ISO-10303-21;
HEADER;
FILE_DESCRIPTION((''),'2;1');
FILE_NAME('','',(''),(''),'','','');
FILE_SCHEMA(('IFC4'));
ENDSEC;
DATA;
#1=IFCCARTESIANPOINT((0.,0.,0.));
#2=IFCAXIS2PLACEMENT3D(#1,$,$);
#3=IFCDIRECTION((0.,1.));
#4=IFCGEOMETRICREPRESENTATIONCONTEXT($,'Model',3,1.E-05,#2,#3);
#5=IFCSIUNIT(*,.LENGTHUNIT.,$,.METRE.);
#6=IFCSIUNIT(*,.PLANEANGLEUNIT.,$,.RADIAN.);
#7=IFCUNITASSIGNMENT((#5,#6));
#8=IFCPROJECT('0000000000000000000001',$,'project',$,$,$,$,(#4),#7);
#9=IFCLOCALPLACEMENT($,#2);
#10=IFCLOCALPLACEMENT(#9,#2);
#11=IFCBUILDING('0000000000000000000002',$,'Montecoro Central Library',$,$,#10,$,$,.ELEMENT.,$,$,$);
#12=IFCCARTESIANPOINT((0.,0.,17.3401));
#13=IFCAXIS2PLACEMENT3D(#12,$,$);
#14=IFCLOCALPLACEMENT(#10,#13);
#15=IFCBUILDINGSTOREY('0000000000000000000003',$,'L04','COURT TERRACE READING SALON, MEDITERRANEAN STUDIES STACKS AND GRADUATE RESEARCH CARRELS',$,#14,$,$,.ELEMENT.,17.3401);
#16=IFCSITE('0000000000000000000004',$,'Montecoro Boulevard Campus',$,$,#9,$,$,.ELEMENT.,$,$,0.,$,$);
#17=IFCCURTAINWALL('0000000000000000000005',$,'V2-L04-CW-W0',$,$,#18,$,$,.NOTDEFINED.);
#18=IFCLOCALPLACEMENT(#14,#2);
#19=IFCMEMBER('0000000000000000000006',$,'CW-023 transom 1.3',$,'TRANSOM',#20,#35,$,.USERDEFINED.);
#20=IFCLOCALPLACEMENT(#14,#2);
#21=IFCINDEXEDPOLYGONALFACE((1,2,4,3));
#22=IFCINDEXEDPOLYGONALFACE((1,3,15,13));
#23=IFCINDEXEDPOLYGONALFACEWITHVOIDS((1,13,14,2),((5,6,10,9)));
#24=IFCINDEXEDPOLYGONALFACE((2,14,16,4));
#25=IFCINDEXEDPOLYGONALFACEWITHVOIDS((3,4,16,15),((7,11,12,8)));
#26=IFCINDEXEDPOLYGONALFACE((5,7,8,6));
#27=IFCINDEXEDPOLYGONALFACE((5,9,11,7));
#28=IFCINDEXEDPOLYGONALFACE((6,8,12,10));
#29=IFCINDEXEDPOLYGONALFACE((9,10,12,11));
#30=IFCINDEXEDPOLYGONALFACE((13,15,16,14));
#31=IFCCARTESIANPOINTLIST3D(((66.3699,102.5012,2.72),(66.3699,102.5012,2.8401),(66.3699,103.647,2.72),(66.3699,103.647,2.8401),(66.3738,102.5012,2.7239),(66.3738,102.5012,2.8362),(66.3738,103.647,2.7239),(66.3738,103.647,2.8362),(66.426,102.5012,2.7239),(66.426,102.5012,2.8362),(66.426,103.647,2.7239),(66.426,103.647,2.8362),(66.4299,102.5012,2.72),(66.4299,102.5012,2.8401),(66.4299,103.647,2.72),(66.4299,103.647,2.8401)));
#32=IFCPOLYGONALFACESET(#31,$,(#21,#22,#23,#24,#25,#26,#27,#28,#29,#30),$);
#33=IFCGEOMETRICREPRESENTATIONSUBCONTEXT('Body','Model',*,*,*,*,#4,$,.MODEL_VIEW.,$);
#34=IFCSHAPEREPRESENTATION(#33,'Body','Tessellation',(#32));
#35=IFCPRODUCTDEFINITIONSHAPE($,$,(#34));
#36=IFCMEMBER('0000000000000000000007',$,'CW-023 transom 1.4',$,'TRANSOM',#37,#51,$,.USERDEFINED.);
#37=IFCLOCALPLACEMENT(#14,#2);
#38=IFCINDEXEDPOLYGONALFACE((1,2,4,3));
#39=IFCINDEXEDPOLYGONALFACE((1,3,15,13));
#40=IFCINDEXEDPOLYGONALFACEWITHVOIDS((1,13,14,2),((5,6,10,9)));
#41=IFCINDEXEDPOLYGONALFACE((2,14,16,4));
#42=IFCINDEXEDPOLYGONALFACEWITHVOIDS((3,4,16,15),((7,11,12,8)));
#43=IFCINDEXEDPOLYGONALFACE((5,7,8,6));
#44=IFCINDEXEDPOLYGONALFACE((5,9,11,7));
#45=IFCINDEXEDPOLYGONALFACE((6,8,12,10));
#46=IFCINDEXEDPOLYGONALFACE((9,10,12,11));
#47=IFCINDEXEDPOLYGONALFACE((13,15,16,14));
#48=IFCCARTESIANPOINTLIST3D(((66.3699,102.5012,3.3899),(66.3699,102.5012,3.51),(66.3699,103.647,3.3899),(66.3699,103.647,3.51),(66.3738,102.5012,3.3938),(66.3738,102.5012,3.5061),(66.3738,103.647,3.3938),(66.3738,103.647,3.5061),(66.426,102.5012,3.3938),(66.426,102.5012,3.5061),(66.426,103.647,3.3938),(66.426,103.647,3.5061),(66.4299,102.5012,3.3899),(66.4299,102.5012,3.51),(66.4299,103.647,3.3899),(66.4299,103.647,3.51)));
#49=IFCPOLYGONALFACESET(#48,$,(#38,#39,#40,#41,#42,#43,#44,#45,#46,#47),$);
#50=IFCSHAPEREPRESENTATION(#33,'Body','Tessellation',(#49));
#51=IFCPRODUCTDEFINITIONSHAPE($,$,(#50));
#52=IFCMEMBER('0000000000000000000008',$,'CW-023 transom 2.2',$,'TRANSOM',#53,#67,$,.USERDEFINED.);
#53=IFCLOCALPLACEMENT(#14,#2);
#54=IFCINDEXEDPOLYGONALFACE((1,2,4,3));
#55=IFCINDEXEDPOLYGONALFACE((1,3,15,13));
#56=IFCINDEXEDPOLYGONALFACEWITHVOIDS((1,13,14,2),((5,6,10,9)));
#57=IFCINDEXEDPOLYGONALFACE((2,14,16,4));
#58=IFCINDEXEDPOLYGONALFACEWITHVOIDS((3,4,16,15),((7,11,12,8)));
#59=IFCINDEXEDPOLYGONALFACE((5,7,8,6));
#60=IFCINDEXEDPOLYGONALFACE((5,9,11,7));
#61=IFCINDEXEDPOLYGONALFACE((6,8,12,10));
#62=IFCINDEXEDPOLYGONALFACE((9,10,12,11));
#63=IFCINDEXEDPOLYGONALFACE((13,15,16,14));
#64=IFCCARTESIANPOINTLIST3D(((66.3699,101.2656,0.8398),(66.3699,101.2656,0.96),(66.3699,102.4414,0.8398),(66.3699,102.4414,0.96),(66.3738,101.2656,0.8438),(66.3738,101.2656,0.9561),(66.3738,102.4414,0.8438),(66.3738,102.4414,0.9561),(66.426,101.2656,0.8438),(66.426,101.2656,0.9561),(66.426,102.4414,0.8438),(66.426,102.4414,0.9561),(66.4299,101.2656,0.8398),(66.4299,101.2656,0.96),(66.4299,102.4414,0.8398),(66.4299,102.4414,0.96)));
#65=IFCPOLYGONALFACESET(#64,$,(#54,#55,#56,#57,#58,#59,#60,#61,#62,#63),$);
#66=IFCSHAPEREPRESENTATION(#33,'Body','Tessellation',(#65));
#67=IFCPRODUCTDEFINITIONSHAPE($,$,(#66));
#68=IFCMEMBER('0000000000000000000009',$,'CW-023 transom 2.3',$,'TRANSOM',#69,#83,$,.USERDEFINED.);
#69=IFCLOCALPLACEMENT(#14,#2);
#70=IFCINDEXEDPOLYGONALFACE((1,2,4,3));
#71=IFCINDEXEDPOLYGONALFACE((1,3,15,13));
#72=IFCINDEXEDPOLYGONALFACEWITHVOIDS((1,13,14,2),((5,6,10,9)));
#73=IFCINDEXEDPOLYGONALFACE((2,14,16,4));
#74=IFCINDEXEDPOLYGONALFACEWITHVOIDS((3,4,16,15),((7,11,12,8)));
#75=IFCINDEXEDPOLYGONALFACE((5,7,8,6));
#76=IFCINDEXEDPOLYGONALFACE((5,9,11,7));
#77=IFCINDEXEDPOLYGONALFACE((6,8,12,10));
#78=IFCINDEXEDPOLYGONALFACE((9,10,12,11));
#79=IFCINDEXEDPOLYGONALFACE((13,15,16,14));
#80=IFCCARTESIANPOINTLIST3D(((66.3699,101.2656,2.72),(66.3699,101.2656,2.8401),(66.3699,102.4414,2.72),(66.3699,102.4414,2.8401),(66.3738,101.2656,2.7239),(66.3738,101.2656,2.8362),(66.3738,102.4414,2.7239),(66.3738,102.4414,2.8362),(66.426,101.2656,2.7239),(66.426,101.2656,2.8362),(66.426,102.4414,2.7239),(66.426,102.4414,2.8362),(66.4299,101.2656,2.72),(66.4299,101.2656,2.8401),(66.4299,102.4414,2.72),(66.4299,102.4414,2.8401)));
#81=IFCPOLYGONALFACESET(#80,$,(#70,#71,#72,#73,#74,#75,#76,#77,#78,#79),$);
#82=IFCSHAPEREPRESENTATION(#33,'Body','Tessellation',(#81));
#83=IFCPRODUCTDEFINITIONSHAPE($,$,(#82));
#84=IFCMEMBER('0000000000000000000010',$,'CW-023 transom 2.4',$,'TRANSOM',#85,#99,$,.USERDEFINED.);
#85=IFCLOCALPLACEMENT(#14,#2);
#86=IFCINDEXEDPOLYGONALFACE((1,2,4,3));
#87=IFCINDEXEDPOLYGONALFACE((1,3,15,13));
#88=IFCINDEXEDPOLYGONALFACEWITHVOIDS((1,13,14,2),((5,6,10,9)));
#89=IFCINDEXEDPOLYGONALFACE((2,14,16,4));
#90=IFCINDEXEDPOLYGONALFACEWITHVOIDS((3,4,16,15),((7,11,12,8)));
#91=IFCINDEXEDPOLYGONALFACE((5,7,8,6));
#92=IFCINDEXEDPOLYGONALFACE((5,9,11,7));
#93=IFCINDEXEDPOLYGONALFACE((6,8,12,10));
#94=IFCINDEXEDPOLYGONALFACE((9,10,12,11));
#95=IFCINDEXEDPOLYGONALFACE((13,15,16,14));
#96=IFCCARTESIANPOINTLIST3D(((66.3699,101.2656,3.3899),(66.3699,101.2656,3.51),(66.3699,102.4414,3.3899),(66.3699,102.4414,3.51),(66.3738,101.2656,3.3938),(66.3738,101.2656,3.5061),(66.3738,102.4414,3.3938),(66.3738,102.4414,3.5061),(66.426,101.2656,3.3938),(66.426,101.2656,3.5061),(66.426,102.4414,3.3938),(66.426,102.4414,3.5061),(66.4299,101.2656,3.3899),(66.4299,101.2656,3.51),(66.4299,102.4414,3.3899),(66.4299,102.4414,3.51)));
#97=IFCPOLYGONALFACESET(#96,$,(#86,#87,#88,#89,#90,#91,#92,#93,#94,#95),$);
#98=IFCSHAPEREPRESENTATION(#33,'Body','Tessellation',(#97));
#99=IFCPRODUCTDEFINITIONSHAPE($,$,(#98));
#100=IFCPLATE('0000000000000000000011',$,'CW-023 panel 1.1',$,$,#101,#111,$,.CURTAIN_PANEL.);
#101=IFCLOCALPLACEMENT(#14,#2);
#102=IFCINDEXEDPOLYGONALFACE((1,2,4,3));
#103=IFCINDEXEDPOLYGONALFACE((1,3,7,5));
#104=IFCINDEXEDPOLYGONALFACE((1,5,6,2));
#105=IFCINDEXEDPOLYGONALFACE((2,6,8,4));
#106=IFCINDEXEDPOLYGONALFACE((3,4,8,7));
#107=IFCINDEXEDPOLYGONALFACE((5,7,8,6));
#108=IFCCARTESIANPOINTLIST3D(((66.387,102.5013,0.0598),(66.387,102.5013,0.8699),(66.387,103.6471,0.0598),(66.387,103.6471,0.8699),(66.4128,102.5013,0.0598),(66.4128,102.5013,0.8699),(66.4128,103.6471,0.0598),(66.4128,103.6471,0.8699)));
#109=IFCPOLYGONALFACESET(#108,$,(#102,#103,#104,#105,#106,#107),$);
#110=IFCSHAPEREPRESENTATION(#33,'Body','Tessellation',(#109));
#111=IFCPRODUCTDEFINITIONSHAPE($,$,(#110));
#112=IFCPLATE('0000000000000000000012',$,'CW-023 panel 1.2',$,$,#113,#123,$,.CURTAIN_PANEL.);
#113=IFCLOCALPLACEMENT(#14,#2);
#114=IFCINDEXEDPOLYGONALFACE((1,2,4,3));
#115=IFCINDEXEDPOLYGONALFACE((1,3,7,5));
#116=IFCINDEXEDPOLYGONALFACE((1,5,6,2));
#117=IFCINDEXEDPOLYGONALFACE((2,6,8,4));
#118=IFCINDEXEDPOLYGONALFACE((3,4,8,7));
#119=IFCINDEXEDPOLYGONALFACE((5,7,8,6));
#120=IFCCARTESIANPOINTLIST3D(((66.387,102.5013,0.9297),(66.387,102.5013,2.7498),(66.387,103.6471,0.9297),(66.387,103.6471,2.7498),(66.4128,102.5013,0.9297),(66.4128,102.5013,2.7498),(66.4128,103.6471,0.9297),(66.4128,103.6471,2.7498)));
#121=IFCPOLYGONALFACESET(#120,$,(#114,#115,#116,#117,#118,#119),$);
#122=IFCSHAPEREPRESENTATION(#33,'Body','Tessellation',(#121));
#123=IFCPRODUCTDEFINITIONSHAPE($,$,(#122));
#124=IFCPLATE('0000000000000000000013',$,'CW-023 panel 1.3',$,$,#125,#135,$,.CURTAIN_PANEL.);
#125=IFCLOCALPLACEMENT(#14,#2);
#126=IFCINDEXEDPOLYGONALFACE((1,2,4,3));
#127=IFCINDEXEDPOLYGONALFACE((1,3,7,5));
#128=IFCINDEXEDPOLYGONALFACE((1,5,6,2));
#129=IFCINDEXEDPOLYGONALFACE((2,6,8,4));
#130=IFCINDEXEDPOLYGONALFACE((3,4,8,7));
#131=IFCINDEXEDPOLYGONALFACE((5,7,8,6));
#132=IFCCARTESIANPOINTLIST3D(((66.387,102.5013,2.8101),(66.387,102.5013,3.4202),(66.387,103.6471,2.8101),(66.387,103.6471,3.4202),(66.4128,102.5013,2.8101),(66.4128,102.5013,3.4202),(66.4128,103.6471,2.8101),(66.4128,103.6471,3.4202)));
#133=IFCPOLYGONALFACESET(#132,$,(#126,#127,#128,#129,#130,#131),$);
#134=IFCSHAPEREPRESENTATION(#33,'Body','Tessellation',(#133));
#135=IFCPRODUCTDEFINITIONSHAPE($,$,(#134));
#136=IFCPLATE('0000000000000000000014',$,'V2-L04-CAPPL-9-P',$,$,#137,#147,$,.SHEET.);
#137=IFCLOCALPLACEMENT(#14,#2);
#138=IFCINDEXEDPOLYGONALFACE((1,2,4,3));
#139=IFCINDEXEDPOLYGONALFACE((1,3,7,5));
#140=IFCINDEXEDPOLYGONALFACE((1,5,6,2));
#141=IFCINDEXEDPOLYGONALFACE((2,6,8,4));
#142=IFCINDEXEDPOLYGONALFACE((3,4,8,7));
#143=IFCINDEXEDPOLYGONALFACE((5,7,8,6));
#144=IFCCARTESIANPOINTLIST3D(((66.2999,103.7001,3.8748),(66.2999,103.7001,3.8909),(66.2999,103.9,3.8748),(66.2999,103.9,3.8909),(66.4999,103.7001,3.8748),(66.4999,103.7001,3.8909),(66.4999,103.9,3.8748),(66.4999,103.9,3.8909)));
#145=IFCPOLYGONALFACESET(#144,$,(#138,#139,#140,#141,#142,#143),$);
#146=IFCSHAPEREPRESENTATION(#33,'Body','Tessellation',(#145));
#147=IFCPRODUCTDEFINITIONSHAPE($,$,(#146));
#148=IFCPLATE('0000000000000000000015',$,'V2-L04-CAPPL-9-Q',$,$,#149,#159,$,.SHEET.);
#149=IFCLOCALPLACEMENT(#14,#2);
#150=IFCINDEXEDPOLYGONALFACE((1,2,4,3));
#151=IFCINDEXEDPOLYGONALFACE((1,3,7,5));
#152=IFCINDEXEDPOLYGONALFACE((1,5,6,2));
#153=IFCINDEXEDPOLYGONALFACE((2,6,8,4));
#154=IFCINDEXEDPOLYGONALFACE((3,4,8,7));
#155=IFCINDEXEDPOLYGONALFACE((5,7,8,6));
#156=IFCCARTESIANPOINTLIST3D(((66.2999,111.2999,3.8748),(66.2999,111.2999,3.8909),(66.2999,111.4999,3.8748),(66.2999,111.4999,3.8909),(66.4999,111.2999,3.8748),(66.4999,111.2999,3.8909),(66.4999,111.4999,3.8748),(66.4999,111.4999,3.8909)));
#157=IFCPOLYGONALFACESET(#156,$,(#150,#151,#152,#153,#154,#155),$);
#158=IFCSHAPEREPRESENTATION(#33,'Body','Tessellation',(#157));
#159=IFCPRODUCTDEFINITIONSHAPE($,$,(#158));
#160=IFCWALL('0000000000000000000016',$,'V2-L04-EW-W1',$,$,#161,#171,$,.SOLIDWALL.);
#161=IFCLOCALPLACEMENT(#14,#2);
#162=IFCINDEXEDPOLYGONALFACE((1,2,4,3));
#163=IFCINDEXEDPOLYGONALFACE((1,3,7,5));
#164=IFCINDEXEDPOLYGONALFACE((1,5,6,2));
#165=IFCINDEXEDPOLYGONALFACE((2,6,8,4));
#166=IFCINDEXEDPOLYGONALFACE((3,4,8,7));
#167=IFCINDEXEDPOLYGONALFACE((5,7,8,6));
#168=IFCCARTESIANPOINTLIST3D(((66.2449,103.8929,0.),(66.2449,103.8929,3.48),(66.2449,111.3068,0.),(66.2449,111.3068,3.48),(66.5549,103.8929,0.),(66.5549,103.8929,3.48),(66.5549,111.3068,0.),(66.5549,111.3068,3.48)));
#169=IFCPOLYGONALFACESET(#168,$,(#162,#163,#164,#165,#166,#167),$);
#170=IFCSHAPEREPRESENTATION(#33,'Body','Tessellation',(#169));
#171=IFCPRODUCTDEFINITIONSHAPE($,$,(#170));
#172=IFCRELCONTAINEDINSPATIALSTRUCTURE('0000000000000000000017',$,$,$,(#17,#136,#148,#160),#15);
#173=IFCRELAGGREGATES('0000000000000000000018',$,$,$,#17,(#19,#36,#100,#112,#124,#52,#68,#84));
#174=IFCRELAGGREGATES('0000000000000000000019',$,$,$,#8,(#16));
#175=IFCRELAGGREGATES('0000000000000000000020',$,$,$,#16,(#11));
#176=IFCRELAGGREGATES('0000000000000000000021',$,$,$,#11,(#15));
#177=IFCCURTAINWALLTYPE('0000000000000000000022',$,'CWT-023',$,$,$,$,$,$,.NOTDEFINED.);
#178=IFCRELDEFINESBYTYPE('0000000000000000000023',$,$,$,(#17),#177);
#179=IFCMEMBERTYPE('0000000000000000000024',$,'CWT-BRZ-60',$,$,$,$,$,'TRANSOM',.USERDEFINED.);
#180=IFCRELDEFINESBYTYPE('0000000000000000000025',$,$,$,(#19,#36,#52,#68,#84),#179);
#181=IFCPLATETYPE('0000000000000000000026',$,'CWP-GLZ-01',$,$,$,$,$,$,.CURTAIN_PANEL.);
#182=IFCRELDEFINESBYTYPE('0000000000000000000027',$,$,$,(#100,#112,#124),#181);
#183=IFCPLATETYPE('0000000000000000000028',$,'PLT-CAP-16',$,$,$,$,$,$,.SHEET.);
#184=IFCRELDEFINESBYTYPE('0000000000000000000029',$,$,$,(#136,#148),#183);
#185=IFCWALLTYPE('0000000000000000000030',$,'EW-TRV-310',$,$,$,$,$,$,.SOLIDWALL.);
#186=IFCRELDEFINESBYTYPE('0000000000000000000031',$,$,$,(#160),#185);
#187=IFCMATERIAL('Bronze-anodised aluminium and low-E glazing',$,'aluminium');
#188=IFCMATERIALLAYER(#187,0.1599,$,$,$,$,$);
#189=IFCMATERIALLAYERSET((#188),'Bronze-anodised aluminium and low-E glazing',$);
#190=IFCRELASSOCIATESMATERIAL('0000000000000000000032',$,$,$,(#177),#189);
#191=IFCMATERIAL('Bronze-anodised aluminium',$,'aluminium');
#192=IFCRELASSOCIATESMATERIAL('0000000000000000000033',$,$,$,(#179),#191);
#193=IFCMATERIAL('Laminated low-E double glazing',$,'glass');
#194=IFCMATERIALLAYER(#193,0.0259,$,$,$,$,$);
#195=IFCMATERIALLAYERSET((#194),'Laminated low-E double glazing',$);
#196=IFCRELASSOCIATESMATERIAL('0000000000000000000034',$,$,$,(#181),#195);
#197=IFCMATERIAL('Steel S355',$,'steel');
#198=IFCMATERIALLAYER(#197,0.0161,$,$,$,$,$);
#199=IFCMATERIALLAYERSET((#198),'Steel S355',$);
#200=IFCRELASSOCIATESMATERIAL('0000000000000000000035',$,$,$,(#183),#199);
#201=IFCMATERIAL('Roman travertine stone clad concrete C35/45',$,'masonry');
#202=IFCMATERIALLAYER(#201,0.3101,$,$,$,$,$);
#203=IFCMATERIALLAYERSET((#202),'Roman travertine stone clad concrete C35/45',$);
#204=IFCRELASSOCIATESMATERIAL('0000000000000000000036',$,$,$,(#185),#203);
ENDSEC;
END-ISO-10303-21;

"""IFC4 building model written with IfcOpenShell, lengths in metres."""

from ifc_helpers import new_model, si_unit, direction, frame, frame_2d, origin, origin_2d, place, context, subcontext, project, spatial, rectangle, hollow_rectangle, extrude, material, layer, layer_set, material_profile, profile_set, type_object, element, aggregate, save


model = new_model("IFC4")

# Units and contexts
model_context = context("Model", 3, precision=1e-05, world=origin(), true_north=direction((0.0, 1.0)))
body_context = subcontext(model_context, "Body", "Model", "MODEL_VIEW")
ifc_project = project(units=[si_unit("LENGTHUNIT", "METRE"), si_unit("PLANEANGLEUNIT", "RADIAN")], contexts=[model_context])

# Site, building, storey
site_placement = place(None, origin())
site = spatial("IfcSite", under=ifc_project, at=site_placement, Name="Montecoro Boulevard Campus", CompositionType="ELEMENT", RefElevation=0.0)
building_placement = place(site_placement, origin())
building = spatial("IfcBuilding", under=site, at=building_placement, Name="Montecoro Central Library", CompositionType="ELEMENT")
storey_placement = place(building_placement, frame((0.0, 0.0, 17.3401)))
storey = spatial("IfcBuildingStorey", under=building, at=storey_placement, Name="L04", Description="COURT TERRACE READING SALON, MEDITERRANEAN STUDIES STACKS AND GRADUATE RESEARCH CARRELS", CompositionType="ELEMENT", Elevation=17.3401)

# Shared definitions
ifc_material_1 = material(Name="Steel S355", Category="steel")

# Curtain wall, members, plates
ifc_material_2 = material(Name="Bronze-anodised aluminium and low-E glazing", Category="aluminium")
ifc_layer_1 = layer(ifc_material_2, 0.1599)
ifc_layer_set_1 = layer_set([ifc_layer_1], Name="Bronze-anodised aluminium and low-E glazing")
curtain_wall_type = type_object("IfcCurtainWallType", Name="CWT-023", PredefinedType="NOTDEFINED", material=ifc_layer_set_1)
curtain_wall_placement = place(storey_placement, origin())
curtain_wall = element("IfcCurtainWall", 1, at=curtain_wall_placement, inside=storey, type_object=curtain_wall_type, Name="V2-L04-CW-W0", PredefinedType="NOTDEFINED")
ifc_material_3 = material(Name="Bronze-anodised aluminium", Category="aluminium")
ifc_material_profile_1 = material_profile(ifc_material_3, hollow_rectangle(XDim=0.0601, YDim=0.1201, WallThickness=0.0039, at=origin_2d()), Name="CWT 120x60x4.0")
ifc_profile_set_1 = profile_set([ifc_material_profile_1], Name="Bronze-anodised aluminium")
member_type_1 = type_object("IfcMemberType", Name="CWT-BRZ-60", ElementType="TRANSOM", PredefinedType="USERDEFINED", material=ifc_profile_set_1)
member_1_placement = place(storey_placement, frame((66.3999, 103.647, 2.78), z_axis=(0.0, -1.0, 0.0), x_axis=(1.0, 0.0, 0.0)))
member_1 = element("IfcMember", 2, at=member_1_placement, type_object=member_type_1, Name="CW-023 transom 1.3", ObjectType="TRANSOM", PredefinedType="USERDEFINED", context=body_context, shape_type="SweptSolid", body=[
    extrude(hollow_rectangle(XDim=0.0601, YDim=0.1201, WallThickness=0.0039, at=origin_2d()), origin(), (0.0, 0.0, 1.0), 1.1458),
])
member_2_placement = place(storey_placement, frame((66.3999, 103.647, 3.45), z_axis=(0.0, -1.0, 0.0), x_axis=(1.0, 0.0, 0.0)))
member_2 = element("IfcMember", 3, at=member_2_placement, type_object=member_type_1, Name="CW-023 transom 1.4", ObjectType="TRANSOM", PredefinedType="USERDEFINED", context=body_context, shape_type="SweptSolid", body=[
    extrude(hollow_rectangle(XDim=0.0601, YDim=0.1201, WallThickness=0.0039, at=origin_2d()), origin(), (0.0, 0.0, 1.0), 1.1458),
])
member_3_placement = place(storey_placement, frame((66.3999, 102.4414, 0.8999), z_axis=(0.0, -1.0, 0.0), x_axis=(1.0, 0.0, 0.0)))
member_3 = element("IfcMember", 4, at=member_3_placement, type_object=member_type_1, Name="CW-023 transom 2.2", ObjectType="TRANSOM", PredefinedType="USERDEFINED", context=body_context, shape_type="SweptSolid", body=[
    extrude(hollow_rectangle(XDim=0.0601, YDim=0.1201, WallThickness=0.0039, at=origin_2d()), origin(), (0.0, 0.0, 1.0), 1.1758),
])
member_4_placement = place(storey_placement, frame((66.3999, 102.4414, 2.78), z_axis=(0.0, -1.0, 0.0), x_axis=(1.0, 0.0, 0.0)))
member_4 = element("IfcMember", 5, at=member_4_placement, type_object=member_type_1, Name="CW-023 transom 2.3", ObjectType="TRANSOM", PredefinedType="USERDEFINED", context=body_context, shape_type="SweptSolid", body=[
    extrude(hollow_rectangle(XDim=0.0601, YDim=0.1201, WallThickness=0.0039, at=origin_2d()), origin(), (0.0, 0.0, 1.0), 1.1758),
])
member_5_placement = place(storey_placement, frame((66.3999, 102.4414, 3.45), z_axis=(0.0, -1.0, 0.0), x_axis=(1.0, 0.0, 0.0)))
member_5 = element("IfcMember", 6, at=member_5_placement, type_object=member_type_1, Name="CW-023 transom 2.4", ObjectType="TRANSOM", PredefinedType="USERDEFINED", context=body_context, shape_type="SweptSolid", body=[
    extrude(hollow_rectangle(XDim=0.0601, YDim=0.1201, WallThickness=0.0039, at=origin_2d()), origin(), (0.0, 0.0, 1.0), 1.1758),
])
ifc_material_4 = material(Name="Laminated low-E double glazing", Category="glass")
ifc_layer_2 = layer(ifc_material_4, 0.0259)
ifc_layer_set_2 = layer_set([ifc_layer_2], Name="Laminated low-E double glazing")
plate_type_1 = type_object("IfcPlateType", Name="CWP-GLZ-01", PredefinedType="CURTAIN_PANEL", material=ifc_layer_set_2)
plate_1_placement = place(storey_placement, frame((66.3999, 103.0742, 0.0598), z_axis=(0.0, 0.0, 1.0), x_axis=(0.0, -1.0, 0.0)))
plate_1 = element("IfcPlate", 7, at=plate_1_placement, type_object=plate_type_1, Name="CW-023 panel 1.1", PredefinedType="CURTAIN_PANEL", context=body_context, shape_type="SweptSolid", body=[
    extrude(rectangle(XDim=1.1458, YDim=0.0259, at=origin_2d()), origin(), (0.0, 0.0, 1.0), 0.8101),
])
plate_2_placement = place(storey_placement, frame((66.3999, 103.0742, 0.9297), z_axis=(0.0, 0.0, 1.0), x_axis=(0.0, -1.0, 0.0)))
plate_2 = element("IfcPlate", 8, at=plate_2_placement, type_object=plate_type_1, Name="CW-023 panel 1.2", PredefinedType="CURTAIN_PANEL", context=body_context, shape_type="SweptSolid", body=[
    extrude(rectangle(XDim=1.1458, YDim=0.0259, at=origin_2d()), origin(), (0.0, 0.0, 1.0), 1.8201),
])
plate_3_placement = place(storey_placement, frame((66.3999, 103.0742, 2.8101), z_axis=(0.0, 0.0, 1.0), x_axis=(0.0, -1.0, 0.0)))
plate_3 = element("IfcPlate", 9, at=plate_3_placement, type_object=plate_type_1, Name="CW-023 panel 1.3", PredefinedType="CURTAIN_PANEL", context=body_context, shape_type="SweptSolid", body=[
    extrude(rectangle(XDim=1.1458, YDim=0.0259, at=origin_2d()), origin(), (0.0, 0.0, 1.0), 0.6101),
])
aggregate(curtain_wall, [member_1, member_2, plate_1, plate_2, plate_3, member_3, member_4, member_5])

# Plates
ifc_layer_3 = layer(ifc_material_1, 0.0161)
ifc_layer_set_3 = layer_set([ifc_layer_3], Name="Steel S355")
plate_type_2 = type_object("IfcPlateType", Name="PLT-CAP-16", PredefinedType="SHEET", material=ifc_layer_set_3)
for number, where, z_axis, x_axis, name in (
    (10, (66.3999, 103.8, 3.8748), (0.0, 0.0, 1.0), (1.0, 0.0, 0.0), "V2-L04-CAPPL-9-P"),
    (11, (66.3999, 111.3999, 3.8748), (0.0, 0.0, 1.0), (1.0, 0.0, 0.0), "V2-L04-CAPPL-9-Q"),
):
    element("IfcPlate", number, at=place(storey_placement, frame(where, z_axis=z_axis, x_axis=x_axis)), inside=storey, type_object=plate_type_2, Name=name, PredefinedType="SHEET", context=body_context, shape_type="SweptSolid", body=[
        extrude(rectangle(XDim=0.2, YDim=0.2, at=origin_2d()), origin(), (0.0, 0.0, 1.0), 0.0161),
    ])

# Wall
ifc_material_5 = material(Name="Roman travertine stone clad concrete C35/45", Category="masonry")
ifc_layer_4 = layer(ifc_material_5, 0.3101)
ifc_layer_set_4 = layer_set([ifc_layer_4], Name="Roman travertine stone clad concrete C35/45")
wall_type = type_object("IfcWallType", Name="EW-TRV-310", PredefinedType="SOLIDWALL", material=ifc_layer_set_4)
wall_placement = place(storey_placement, frame((66.3999, 111.3069, 0.0), z_axis=(0.0, 0.0, 1.0), x_axis=(0.0, -1.0, 0.0)))
element("IfcWall", 12, at=wall_placement, inside=storey, type_object=wall_type, Name="V2-L04-EW-W1", PredefinedType="SOLIDWALL", context=body_context, shape_type="SweptSolid", body=[
    extrude(rectangle(XDim=7.4138, YDim=0.3101, at=frame_2d((3.707, 0.0))), origin(), (0.0, 0.0, 1.0), 3.48),
])

save(model, "model.ifc")
